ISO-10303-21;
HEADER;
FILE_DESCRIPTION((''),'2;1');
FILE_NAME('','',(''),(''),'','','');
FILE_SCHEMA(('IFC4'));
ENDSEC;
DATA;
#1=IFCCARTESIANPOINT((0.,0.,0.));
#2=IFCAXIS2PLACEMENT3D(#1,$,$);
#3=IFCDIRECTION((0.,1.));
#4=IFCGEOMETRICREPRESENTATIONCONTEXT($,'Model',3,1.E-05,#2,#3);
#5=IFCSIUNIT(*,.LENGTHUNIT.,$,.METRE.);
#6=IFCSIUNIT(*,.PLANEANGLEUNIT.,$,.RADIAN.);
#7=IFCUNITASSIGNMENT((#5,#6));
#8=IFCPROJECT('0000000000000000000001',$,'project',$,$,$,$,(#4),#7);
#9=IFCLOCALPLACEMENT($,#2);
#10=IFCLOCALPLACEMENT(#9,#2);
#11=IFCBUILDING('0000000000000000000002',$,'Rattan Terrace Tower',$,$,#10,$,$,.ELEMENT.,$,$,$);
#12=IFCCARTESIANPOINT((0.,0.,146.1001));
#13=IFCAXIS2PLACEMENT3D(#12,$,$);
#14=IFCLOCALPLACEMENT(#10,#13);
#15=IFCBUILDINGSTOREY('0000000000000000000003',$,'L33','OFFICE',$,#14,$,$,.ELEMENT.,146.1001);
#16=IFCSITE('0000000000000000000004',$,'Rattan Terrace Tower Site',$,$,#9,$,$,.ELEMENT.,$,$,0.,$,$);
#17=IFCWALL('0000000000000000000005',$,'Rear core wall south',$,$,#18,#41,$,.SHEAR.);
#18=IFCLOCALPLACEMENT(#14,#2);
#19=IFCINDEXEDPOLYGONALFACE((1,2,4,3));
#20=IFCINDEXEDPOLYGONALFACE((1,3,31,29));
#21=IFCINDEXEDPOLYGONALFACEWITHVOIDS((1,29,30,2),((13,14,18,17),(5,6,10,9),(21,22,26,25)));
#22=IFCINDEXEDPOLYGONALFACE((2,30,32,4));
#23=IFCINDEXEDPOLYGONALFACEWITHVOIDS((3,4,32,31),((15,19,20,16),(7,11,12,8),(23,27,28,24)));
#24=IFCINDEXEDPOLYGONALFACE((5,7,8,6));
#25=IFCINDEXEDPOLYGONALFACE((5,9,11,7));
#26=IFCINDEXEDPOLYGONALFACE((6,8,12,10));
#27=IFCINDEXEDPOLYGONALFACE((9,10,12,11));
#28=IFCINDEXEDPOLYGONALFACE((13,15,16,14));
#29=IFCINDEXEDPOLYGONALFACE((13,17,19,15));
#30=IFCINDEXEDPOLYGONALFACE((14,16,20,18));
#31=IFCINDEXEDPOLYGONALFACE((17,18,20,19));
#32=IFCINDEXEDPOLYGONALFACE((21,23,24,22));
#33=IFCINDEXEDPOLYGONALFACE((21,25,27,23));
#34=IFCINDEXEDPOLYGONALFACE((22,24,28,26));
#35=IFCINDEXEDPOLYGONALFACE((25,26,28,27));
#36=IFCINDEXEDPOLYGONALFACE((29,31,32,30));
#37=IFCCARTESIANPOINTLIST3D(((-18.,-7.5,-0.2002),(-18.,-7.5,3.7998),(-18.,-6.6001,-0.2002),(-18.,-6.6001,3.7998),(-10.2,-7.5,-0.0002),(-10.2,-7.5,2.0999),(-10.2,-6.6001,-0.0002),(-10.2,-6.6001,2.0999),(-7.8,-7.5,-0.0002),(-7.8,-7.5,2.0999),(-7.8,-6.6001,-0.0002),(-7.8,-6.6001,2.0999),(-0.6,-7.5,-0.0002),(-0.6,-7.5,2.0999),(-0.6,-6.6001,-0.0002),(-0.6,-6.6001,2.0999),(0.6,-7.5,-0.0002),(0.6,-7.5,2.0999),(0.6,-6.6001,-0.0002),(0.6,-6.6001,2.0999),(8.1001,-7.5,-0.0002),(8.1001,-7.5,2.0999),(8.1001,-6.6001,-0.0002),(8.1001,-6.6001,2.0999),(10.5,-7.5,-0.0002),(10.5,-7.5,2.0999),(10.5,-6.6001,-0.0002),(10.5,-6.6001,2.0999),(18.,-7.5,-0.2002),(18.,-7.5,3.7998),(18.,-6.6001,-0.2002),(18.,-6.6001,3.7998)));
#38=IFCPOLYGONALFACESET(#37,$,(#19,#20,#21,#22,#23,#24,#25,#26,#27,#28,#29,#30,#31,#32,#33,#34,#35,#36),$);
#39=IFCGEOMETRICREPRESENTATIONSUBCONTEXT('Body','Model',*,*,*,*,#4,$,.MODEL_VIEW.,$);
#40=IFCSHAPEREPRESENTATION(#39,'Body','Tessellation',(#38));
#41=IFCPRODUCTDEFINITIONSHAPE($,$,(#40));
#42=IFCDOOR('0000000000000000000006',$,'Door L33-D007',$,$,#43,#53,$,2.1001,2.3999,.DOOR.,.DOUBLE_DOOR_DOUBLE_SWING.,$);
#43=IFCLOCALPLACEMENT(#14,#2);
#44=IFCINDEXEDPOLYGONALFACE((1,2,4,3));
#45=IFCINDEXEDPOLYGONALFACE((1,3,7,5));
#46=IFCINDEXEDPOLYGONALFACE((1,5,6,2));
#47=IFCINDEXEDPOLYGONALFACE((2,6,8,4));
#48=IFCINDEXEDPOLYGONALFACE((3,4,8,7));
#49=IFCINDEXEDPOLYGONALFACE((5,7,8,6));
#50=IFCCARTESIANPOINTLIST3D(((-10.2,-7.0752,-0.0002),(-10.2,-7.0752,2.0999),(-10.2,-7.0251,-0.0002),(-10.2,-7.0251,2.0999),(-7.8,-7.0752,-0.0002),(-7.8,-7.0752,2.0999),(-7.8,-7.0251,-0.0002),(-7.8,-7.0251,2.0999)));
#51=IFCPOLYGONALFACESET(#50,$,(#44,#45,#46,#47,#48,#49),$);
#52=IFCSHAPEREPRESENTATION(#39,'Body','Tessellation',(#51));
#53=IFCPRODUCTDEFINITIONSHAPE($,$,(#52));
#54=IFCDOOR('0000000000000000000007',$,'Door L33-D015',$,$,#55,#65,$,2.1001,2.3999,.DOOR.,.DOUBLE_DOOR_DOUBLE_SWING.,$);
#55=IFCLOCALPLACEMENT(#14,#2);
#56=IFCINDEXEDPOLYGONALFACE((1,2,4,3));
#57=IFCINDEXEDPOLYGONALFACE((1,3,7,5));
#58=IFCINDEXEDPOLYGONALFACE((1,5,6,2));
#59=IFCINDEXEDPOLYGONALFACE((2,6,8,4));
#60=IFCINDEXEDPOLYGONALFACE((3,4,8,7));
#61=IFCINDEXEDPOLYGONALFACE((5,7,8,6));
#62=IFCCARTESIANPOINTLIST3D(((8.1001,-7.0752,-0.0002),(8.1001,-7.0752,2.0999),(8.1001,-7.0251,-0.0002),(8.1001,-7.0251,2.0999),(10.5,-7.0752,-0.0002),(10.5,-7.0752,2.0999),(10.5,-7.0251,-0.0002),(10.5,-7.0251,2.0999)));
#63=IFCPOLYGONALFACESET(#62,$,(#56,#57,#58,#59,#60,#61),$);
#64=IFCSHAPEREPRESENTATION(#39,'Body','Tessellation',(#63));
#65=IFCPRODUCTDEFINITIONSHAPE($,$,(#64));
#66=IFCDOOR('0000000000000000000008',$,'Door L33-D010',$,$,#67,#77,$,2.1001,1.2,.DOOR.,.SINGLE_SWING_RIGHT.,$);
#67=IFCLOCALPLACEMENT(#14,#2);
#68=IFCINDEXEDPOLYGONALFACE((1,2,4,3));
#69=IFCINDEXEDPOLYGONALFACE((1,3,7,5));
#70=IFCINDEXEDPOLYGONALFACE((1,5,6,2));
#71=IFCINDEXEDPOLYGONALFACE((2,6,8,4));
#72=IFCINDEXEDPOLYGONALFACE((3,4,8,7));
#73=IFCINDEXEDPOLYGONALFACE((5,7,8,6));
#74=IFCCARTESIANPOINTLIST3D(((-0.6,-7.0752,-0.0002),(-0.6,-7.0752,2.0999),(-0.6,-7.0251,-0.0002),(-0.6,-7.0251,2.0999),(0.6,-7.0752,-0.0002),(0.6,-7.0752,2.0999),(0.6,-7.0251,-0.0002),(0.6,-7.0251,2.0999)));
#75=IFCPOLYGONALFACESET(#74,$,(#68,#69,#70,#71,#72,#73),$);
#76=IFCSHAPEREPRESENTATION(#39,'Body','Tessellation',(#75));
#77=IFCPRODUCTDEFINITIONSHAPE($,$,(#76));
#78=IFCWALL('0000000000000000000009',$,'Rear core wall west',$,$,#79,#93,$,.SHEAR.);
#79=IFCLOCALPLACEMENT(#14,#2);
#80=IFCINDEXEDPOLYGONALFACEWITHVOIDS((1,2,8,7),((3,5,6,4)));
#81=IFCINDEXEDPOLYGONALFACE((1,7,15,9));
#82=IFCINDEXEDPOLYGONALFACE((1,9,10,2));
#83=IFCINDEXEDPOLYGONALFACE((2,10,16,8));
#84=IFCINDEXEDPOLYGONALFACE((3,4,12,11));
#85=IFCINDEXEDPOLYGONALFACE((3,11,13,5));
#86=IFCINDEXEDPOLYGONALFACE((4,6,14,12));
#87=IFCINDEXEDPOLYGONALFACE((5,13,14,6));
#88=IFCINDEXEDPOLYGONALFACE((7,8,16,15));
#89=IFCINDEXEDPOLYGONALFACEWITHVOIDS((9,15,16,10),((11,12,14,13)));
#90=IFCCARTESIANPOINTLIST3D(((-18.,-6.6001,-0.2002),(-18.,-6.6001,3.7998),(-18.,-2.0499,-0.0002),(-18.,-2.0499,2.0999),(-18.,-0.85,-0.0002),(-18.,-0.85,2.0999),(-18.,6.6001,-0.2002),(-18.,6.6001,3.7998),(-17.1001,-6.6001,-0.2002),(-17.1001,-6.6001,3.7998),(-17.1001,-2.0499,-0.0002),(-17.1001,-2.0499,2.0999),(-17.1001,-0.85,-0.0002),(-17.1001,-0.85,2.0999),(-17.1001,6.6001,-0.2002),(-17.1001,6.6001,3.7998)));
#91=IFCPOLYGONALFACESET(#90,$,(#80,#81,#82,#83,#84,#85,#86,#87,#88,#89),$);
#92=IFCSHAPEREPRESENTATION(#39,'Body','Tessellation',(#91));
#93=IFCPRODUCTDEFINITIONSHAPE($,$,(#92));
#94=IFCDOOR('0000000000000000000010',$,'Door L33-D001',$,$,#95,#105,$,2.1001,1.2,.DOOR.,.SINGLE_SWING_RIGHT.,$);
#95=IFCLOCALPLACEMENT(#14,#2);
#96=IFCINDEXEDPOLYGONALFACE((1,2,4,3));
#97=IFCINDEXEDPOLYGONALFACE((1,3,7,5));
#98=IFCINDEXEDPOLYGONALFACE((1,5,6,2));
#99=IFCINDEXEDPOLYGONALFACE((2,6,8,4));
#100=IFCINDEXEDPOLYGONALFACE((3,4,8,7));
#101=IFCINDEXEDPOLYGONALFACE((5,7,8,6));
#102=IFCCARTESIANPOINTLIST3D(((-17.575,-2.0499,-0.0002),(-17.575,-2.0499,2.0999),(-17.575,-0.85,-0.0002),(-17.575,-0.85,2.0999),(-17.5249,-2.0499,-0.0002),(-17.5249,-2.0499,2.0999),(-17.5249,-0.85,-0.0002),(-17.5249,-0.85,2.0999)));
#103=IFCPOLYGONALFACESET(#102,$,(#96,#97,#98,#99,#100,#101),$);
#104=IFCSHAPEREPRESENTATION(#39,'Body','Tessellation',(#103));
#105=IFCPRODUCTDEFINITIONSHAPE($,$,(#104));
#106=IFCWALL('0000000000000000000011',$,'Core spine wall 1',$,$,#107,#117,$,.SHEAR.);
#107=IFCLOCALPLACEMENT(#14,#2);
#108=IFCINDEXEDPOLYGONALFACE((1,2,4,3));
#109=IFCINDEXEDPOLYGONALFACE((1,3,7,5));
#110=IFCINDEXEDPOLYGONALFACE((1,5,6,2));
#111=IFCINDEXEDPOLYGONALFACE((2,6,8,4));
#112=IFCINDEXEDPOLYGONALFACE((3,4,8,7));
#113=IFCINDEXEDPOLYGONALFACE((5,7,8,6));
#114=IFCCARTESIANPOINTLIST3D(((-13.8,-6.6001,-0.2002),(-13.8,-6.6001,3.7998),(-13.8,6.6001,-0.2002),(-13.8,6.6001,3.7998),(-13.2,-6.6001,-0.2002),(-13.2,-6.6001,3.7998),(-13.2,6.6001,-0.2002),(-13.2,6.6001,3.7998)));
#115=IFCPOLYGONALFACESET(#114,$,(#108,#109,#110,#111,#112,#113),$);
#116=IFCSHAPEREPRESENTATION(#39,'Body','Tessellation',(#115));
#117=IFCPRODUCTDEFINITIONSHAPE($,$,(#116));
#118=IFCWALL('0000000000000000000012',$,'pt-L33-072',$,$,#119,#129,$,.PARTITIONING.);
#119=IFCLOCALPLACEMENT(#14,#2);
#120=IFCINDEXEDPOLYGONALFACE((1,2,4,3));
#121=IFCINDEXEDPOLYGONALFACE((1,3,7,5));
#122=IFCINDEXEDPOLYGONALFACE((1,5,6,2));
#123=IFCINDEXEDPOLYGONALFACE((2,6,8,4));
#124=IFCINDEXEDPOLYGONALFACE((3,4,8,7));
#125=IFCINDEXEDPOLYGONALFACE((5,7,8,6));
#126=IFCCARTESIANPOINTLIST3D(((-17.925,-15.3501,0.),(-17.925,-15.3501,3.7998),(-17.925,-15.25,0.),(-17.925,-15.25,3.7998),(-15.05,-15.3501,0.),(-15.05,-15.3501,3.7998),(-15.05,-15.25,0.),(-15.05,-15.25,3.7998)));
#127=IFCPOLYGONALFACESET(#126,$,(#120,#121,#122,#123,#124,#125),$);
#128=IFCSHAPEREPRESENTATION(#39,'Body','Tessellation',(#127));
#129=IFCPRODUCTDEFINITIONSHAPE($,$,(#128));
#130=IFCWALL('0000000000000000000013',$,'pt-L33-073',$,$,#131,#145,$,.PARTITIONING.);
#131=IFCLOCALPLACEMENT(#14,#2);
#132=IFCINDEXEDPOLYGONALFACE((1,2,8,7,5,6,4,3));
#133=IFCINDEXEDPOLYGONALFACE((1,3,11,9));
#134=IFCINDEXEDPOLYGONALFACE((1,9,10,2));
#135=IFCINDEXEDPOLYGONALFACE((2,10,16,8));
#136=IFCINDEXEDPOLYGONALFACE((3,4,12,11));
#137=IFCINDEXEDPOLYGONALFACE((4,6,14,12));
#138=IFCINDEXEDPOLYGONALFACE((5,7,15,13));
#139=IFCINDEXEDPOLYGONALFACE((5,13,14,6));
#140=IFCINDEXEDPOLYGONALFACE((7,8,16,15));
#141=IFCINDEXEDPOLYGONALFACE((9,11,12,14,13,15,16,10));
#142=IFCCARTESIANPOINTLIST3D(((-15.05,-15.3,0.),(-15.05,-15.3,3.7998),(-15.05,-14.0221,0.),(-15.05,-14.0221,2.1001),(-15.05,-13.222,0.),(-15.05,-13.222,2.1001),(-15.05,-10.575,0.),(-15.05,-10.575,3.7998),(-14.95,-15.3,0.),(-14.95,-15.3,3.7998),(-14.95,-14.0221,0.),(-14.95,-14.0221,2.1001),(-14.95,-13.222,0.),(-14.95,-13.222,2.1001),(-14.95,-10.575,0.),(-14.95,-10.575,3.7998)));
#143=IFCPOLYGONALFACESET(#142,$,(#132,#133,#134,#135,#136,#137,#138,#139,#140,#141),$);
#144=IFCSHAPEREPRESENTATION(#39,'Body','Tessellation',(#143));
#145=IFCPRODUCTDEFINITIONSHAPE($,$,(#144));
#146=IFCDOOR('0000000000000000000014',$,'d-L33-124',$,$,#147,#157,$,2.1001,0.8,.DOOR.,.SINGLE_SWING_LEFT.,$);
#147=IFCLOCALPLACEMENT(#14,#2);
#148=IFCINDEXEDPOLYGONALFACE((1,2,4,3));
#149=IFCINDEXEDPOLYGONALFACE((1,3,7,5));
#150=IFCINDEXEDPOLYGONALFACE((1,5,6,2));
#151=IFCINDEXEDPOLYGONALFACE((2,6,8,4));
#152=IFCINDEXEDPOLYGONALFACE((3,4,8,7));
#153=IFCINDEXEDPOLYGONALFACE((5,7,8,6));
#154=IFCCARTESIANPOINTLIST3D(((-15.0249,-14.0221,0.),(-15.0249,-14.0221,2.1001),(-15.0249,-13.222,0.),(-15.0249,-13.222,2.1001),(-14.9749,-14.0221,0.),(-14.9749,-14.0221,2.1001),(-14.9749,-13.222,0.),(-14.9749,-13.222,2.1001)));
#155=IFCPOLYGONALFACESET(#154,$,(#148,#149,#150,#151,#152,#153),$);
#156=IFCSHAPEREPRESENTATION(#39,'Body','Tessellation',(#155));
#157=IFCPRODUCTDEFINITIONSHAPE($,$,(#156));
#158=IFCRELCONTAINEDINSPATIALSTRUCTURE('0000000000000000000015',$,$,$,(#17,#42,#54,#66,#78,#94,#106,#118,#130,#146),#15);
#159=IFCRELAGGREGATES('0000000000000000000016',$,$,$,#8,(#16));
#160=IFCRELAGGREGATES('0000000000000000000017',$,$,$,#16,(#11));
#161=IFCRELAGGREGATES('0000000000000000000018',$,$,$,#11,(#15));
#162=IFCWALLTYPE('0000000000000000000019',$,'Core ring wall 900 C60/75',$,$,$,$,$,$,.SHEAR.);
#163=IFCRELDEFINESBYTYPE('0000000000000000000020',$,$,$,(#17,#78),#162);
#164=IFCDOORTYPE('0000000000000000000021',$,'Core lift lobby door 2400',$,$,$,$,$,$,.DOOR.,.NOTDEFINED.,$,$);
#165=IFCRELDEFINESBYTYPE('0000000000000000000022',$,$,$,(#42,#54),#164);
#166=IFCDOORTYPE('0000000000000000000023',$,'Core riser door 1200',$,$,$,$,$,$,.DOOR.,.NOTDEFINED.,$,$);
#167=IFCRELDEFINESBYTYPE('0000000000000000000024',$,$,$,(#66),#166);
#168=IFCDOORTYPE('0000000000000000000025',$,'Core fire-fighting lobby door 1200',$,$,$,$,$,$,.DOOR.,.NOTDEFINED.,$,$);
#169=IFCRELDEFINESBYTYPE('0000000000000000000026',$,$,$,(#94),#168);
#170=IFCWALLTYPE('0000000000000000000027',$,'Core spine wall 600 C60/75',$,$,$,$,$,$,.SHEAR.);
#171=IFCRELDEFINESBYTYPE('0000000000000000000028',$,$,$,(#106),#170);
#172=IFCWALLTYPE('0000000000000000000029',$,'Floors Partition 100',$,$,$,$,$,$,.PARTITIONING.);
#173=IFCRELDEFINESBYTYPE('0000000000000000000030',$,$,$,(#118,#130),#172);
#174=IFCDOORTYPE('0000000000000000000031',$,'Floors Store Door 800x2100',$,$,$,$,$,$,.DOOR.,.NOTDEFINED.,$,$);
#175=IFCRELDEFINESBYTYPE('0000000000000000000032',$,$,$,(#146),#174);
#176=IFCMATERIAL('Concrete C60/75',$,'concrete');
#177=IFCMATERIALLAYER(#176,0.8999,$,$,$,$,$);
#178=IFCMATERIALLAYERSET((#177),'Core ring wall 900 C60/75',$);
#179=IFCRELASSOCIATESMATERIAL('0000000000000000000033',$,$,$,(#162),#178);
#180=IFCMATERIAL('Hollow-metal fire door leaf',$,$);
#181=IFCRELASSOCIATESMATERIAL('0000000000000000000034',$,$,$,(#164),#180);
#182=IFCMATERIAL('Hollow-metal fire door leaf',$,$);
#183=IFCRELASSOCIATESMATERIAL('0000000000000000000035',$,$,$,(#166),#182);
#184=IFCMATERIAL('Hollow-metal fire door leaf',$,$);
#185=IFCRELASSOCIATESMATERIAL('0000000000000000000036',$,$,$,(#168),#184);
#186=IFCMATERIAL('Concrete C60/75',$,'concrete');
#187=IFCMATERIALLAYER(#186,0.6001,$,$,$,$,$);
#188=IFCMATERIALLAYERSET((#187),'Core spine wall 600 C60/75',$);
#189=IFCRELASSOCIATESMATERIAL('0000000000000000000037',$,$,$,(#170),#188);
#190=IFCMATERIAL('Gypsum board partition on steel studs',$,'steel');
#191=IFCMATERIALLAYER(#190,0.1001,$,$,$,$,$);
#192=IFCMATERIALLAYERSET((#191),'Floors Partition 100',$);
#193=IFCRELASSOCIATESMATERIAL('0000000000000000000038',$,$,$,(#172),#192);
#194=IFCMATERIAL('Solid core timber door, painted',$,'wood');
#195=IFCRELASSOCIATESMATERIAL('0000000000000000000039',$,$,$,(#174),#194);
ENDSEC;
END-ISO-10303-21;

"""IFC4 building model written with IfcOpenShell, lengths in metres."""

from ifc_helpers import new_model, si_unit, direction, frame, frame_2d, origin, place, context, subcontext, project, spatial, rectangle, extrude, material, layer, layer_set, type_object, element, fill, save


model = new_model("IFC4")

# Units and contexts
model_context = context("Model", 3, precision=1e-05, world=origin(), true_north=direction((0.0, 1.0)))
body_context = subcontext(model_context, "Body", "Model", "MODEL_VIEW")
ifc_project = project(units=[si_unit("LENGTHUNIT", "METRE"), si_unit("PLANEANGLEUNIT", "RADIAN")], contexts=[model_context])

# Site, building, storey
site_placement = place(None, origin())
site = spatial("IfcSite", under=ifc_project, at=site_placement, Name="Rattan Terrace Tower Site", CompositionType="ELEMENT", RefElevation=0.0)
building_placement = place(site_placement, origin())
building = spatial("IfcBuilding", under=site, at=building_placement, Name="Rattan Terrace Tower", CompositionType="ELEMENT")
storey_placement = place(building_placement, frame((0.0, 0.0, 146.1001)))
storey = spatial("IfcBuildingStorey", under=building, at=storey_placement, Name="L33", Description="OFFICE", CompositionType="ELEMENT", Elevation=146.1001)

# Wall, openings, doors
ifc_material_1 = material(Name="Concrete C60/75", Category="concrete")
ifc_layer_1 = layer(ifc_material_1, 0.8999)
ifc_layer_set_1 = layer_set([ifc_layer_1], Name="Core ring wall 900 C60/75")
wall_type_1 = type_object("IfcWallType", Name="Core ring wall 900 C60/75", PredefinedType="SHEAR", material=ifc_layer_set_1)
wall_1_placement = place(storey_placement, frame((-18.0, -7.05, -0.2002), z_axis=(0.0, 0.0, 1.0), x_axis=(1.0, 0.0, 0.0)))
wall_1 = element("IfcWall", 1, at=wall_1_placement, inside=storey, type_object=wall_type_1, Name="Rear core wall south", PredefinedType="SHEAR", context=body_context, shape_type="SweptSolid", body=[
    extrude(rectangle(XDim=36.0, YDim=0.8999, at=frame_2d((18.0, 0.0))), origin(), (0.0, 0.0, 1.0), 4.0),
])
opening_1_placement = place(wall_1_placement, frame((7.8, 0.0, 0.2)))
opening_1 = element("IfcOpeningElement", 2, at=opening_1_placement, cuts=wall_1, PredefinedType="OPENING", context=body_context, shape_type="SweptSolid", body=[
    extrude(rectangle(XDim=2.3999, YDim=2.1001, at=frame_2d((1.2, 1.05))), frame((0.0, 0.4604, 0.0), z_axis=(0.0, -1.0, 0.0), x_axis=(1.0, 0.0, 0.0)), (0.0, 0.0, 1.0), 0.9209),
])
opening_2_placement = place(wall_1_placement, frame((17.3999, 0.0, 0.2)))
opening_2 = element("IfcOpeningElement", 3, at=opening_2_placement, cuts=wall_1, PredefinedType="OPENING", context=body_context, shape_type="SweptSolid", body=[
    extrude(rectangle(XDim=1.2, YDim=2.1001, at=frame_2d((0.6001, 1.05))), frame((0.0, 0.4604, 0.0), z_axis=(0.0, -1.0, 0.0), x_axis=(1.0, 0.0, 0.0)), (0.0, 0.0, 1.0), 0.9209),
])
opening_3_placement = place(wall_1_placement, frame((26.1001, 0.0, 0.2)))
opening_3 = element("IfcOpeningElement", 4, at=opening_3_placement, cuts=wall_1, PredefinedType="OPENING", context=body_context, shape_type="SweptSolid", body=[
    extrude(rectangle(XDim=2.3999, YDim=2.1001, at=frame_2d((1.2, 1.05))), frame((0.0, 0.4604, 0.0), z_axis=(0.0, -1.0, 0.0), x_axis=(1.0, 0.0, 0.0)), (0.0, 0.0, 1.0), 0.9209),
])
ifc_material_2 = material(Name="Hollow-metal fire door leaf")
door_type_1 = type_object("IfcDoorType", Name="Core lift lobby door 2400", OperationType="NOTDEFINED", PredefinedType="DOOR", material=ifc_material_2)
door_1_placement = place(opening_1_placement, origin())
door_1 = element("IfcDoor", 5, at=door_1_placement, inside=storey, type_object=door_type_1, Name="Door L33-D007", OperationType="DOUBLE_DOOR_DOUBLE_SWING", OverallHeight=2.1001, OverallWidth=2.3999, PredefinedType="DOOR", context=body_context, shape_type="SweptSolid", body=[
    extrude(rectangle(XDim=2.3999, YDim=2.1001, at=frame_2d((1.2, 1.05))), frame((0.0, 0.0249, 0.0), z_axis=(0.0, -1.0, 0.0), x_axis=(1.0, 0.0, 0.0)), (0.0, 0.0, 1.0), 0.05),
])
fill(opening_1, door_1)
door_2_placement = place(opening_3_placement, origin())
door_2 = element("IfcDoor", 6, at=door_2_placement, inside=storey, type_object=door_type_1, Name="Door L33-D015", OperationType="DOUBLE_DOOR_DOUBLE_SWING", OverallHeight=2.1001, OverallWidth=2.3999, PredefinedType="DOOR", context=body_context, shape_type="SweptSolid", body=[
    extrude(rectangle(XDim=2.3999, YDim=2.1001, at=frame_2d((1.2, 1.05))), frame((0.0, 0.0249, 0.0), z_axis=(0.0, -1.0, 0.0), x_axis=(1.0, 0.0, 0.0)), (0.0, 0.0, 1.0), 0.05),
])
fill(opening_3, door_2)
ifc_material_3 = material(Name="Hollow-metal fire door leaf")
door_type_2 = type_object("IfcDoorType", Name="Core riser door 1200", OperationType="NOTDEFINED", PredefinedType="DOOR", material=ifc_material_3)
door_3_placement = place(opening_2_placement, origin())
door_3 = element("IfcDoor", 7, at=door_3_placement, inside=storey, type_object=door_type_2, Name="Door L33-D010", OperationType="SINGLE_SWING_RIGHT", OverallHeight=2.1001, OverallWidth=1.2, PredefinedType="DOOR", context=body_context, shape_type="SweptSolid", body=[
    extrude(rectangle(XDim=1.2, YDim=2.1001, at=frame_2d((0.6001, 1.05))), frame((0.0, 0.0249, 0.0), z_axis=(0.0, -1.0, 0.0), x_axis=(1.0, 0.0, 0.0)), (0.0, 0.0, 1.0), 0.05),
])
fill(opening_2, door_3)

# Wall, opening, door
wall_2_placement = place(storey_placement, frame((-17.55, -6.6001, -0.2002), z_axis=(0.0, 0.0, 1.0), x_axis=(0.0, 1.0, 0.0)))
wall_2 = element("IfcWall", 8, at=wall_2_placement, inside=storey, type_object=wall_type_1, Name="Rear core wall west", PredefinedType="SHEAR", context=body_context, shape_type="SweptSolid", body=[
    extrude(rectangle(XDim=13.2002, YDim=0.8999, at=frame_2d((6.6001, 0.0))), origin(), (0.0, 0.0, 1.0), 4.0),
])
opening_4_placement = place(wall_2_placement, frame((4.55, 0.0, 0.2)))
opening_4 = element("IfcOpeningElement", 9, at=opening_4_placement, cuts=wall_2, PredefinedType="OPENING", context=body_context, shape_type="SweptSolid", body=[
    extrude(rectangle(XDim=1.2, YDim=2.1001, at=frame_2d((0.6001, 1.05))), frame((0.0, 0.4604, 0.0), z_axis=(0.0, -1.0, 0.0), x_axis=(1.0, 0.0, 0.0)), (0.0, 0.0, 1.0), 0.9209),
])
ifc_material_4 = material(Name="Hollow-metal fire door leaf")
door_type_3 = type_object("IfcDoorType", Name="Core fire-fighting lobby door 1200", OperationType="NOTDEFINED", PredefinedType="DOOR", material=ifc_material_4)
door_4_placement = place(opening_4_placement, origin())
door_4 = element("IfcDoor", 10, at=door_4_placement, inside=storey, type_object=door_type_3, Name="Door L33-D001", OperationType="SINGLE_SWING_RIGHT", OverallHeight=2.1001, OverallWidth=1.2, PredefinedType="DOOR", context=body_context, shape_type="SweptSolid", body=[
    extrude(rectangle(XDim=1.2, YDim=2.1001, at=frame_2d((0.6001, 1.05))), frame((0.0, 0.0249, 0.0), z_axis=(0.0, -1.0, 0.0), x_axis=(1.0, 0.0, 0.0)), (0.0, 0.0, 1.0), 0.05),
])
fill(opening_4, door_4)

# Walls
ifc_material_5 = material(Name="Concrete C60/75", Category="concrete")
ifc_layer_2 = layer(ifc_material_5, 0.6001)
ifc_layer_set_2 = layer_set([ifc_layer_2], Name="Core spine wall 600 C60/75")
wall_type_2 = type_object("IfcWallType", Name="Core spine wall 600 C60/75", PredefinedType="SHEAR", material=ifc_layer_set_2)
wall_3_placement = place(storey_placement, frame((-13.5, -6.6001, -0.2002), z_axis=(0.0, 0.0, 1.0), x_axis=(0.0, 1.0, 0.0)))
element("IfcWall", 11, at=wall_3_placement, inside=storey, type_object=wall_type_2, Name="Core spine wall 1", PredefinedType="SHEAR", context=body_context, shape_type="SweptSolid", body=[
    extrude(rectangle(XDim=13.2002, YDim=0.6001, at=frame_2d((6.6001, 0.0))), origin(), (0.0, 0.0, 1.0), 4.0),
])
ifc_material_6 = material(Name="Gypsum board partition on steel studs", Category="steel")
ifc_layer_3 = layer(ifc_material_6, 0.1001)
ifc_layer_set_3 = layer_set([ifc_layer_3], Name="Floors Partition 100")
wall_type_3 = type_object("IfcWallType", Name="Floors Partition 100", PredefinedType="PARTITIONING", material=ifc_layer_set_3)
wall_4_placement = place(storey_placement, frame((-17.925, -15.3, 0.0), z_axis=(0.0, 0.0, 1.0), x_axis=(1.0, 0.0, 0.0)))
element("IfcWall", 12, at=wall_4_placement, inside=storey, type_object=wall_type_3, Name="pt-L33-072", PredefinedType="PARTITIONING", context=body_context, shape_type="SweptSolid", body=[
    extrude(rectangle(XDim=2.875, YDim=0.1001, at=frame_2d((1.4375, 0.0))), origin(), (0.0, 0.0, 1.0), 3.7998),
])

# Wall, opening, door
wall_5_placement = place(storey_placement, frame((-15.0, -15.3, 0.0), z_axis=(0.0, 0.0, 1.0), x_axis=(0.0, 1.0, 0.0)))
wall_5 = element("IfcWall", 13, at=wall_5_placement, inside=storey, type_object=wall_type_3, Name="pt-L33-073", PredefinedType="PARTITIONING", context=body_context, shape_type="SweptSolid", body=[
    extrude(rectangle(XDim=4.7251, YDim=0.1001, at=frame_2d((2.3625, 0.0))), origin(), (0.0, 0.0, 1.0), 3.7998),
])
opening_5_placement = place(wall_5_placement, frame((1.2781, 0.0, 0.0)))
opening_5 = element("IfcOpeningElement", 14, at=opening_5_placement, cuts=wall_5, PredefinedType="OPENING", context=body_context, shape_type="SweptSolid", body=[
    extrude(rectangle(XDim=0.8, YDim=2.1001, at=frame_2d((0.3999, 1.05))), frame((0.0, 0.0605, 0.0), z_axis=(0.0, -1.0, 0.0), x_axis=(1.0, 0.0, 0.0)), (0.0, 0.0, 1.0), 0.1211),
])
ifc_material_7 = material(Name="Solid core timber door, painted", Category="wood")
door_type_4 = type_object("IfcDoorType", Name="Floors Store Door 800x2100", OperationType="NOTDEFINED", PredefinedType="DOOR", material=ifc_material_7)
door_5_placement = place(opening_5_placement, origin())
door_5 = element("IfcDoor", 15, at=door_5_placement, inside=storey, type_object=door_type_4, Name="d-L33-124", OperationType="SINGLE_SWING_LEFT", OverallHeight=2.1001, OverallWidth=0.8, PredefinedType="DOOR", context=body_context, shape_type="SweptSolid", body=[
    extrude(rectangle(XDim=0.8, YDim=2.1001, at=frame_2d((0.3999, 1.05))), frame((0.0, 0.0249, 0.0), z_axis=(0.0, -1.0, 0.0), x_axis=(1.0, 0.0, 0.0)), (0.0, 0.0, 1.0), 0.05),
])
fill(opening_5, door_5)

save(model, "model.ifc")
